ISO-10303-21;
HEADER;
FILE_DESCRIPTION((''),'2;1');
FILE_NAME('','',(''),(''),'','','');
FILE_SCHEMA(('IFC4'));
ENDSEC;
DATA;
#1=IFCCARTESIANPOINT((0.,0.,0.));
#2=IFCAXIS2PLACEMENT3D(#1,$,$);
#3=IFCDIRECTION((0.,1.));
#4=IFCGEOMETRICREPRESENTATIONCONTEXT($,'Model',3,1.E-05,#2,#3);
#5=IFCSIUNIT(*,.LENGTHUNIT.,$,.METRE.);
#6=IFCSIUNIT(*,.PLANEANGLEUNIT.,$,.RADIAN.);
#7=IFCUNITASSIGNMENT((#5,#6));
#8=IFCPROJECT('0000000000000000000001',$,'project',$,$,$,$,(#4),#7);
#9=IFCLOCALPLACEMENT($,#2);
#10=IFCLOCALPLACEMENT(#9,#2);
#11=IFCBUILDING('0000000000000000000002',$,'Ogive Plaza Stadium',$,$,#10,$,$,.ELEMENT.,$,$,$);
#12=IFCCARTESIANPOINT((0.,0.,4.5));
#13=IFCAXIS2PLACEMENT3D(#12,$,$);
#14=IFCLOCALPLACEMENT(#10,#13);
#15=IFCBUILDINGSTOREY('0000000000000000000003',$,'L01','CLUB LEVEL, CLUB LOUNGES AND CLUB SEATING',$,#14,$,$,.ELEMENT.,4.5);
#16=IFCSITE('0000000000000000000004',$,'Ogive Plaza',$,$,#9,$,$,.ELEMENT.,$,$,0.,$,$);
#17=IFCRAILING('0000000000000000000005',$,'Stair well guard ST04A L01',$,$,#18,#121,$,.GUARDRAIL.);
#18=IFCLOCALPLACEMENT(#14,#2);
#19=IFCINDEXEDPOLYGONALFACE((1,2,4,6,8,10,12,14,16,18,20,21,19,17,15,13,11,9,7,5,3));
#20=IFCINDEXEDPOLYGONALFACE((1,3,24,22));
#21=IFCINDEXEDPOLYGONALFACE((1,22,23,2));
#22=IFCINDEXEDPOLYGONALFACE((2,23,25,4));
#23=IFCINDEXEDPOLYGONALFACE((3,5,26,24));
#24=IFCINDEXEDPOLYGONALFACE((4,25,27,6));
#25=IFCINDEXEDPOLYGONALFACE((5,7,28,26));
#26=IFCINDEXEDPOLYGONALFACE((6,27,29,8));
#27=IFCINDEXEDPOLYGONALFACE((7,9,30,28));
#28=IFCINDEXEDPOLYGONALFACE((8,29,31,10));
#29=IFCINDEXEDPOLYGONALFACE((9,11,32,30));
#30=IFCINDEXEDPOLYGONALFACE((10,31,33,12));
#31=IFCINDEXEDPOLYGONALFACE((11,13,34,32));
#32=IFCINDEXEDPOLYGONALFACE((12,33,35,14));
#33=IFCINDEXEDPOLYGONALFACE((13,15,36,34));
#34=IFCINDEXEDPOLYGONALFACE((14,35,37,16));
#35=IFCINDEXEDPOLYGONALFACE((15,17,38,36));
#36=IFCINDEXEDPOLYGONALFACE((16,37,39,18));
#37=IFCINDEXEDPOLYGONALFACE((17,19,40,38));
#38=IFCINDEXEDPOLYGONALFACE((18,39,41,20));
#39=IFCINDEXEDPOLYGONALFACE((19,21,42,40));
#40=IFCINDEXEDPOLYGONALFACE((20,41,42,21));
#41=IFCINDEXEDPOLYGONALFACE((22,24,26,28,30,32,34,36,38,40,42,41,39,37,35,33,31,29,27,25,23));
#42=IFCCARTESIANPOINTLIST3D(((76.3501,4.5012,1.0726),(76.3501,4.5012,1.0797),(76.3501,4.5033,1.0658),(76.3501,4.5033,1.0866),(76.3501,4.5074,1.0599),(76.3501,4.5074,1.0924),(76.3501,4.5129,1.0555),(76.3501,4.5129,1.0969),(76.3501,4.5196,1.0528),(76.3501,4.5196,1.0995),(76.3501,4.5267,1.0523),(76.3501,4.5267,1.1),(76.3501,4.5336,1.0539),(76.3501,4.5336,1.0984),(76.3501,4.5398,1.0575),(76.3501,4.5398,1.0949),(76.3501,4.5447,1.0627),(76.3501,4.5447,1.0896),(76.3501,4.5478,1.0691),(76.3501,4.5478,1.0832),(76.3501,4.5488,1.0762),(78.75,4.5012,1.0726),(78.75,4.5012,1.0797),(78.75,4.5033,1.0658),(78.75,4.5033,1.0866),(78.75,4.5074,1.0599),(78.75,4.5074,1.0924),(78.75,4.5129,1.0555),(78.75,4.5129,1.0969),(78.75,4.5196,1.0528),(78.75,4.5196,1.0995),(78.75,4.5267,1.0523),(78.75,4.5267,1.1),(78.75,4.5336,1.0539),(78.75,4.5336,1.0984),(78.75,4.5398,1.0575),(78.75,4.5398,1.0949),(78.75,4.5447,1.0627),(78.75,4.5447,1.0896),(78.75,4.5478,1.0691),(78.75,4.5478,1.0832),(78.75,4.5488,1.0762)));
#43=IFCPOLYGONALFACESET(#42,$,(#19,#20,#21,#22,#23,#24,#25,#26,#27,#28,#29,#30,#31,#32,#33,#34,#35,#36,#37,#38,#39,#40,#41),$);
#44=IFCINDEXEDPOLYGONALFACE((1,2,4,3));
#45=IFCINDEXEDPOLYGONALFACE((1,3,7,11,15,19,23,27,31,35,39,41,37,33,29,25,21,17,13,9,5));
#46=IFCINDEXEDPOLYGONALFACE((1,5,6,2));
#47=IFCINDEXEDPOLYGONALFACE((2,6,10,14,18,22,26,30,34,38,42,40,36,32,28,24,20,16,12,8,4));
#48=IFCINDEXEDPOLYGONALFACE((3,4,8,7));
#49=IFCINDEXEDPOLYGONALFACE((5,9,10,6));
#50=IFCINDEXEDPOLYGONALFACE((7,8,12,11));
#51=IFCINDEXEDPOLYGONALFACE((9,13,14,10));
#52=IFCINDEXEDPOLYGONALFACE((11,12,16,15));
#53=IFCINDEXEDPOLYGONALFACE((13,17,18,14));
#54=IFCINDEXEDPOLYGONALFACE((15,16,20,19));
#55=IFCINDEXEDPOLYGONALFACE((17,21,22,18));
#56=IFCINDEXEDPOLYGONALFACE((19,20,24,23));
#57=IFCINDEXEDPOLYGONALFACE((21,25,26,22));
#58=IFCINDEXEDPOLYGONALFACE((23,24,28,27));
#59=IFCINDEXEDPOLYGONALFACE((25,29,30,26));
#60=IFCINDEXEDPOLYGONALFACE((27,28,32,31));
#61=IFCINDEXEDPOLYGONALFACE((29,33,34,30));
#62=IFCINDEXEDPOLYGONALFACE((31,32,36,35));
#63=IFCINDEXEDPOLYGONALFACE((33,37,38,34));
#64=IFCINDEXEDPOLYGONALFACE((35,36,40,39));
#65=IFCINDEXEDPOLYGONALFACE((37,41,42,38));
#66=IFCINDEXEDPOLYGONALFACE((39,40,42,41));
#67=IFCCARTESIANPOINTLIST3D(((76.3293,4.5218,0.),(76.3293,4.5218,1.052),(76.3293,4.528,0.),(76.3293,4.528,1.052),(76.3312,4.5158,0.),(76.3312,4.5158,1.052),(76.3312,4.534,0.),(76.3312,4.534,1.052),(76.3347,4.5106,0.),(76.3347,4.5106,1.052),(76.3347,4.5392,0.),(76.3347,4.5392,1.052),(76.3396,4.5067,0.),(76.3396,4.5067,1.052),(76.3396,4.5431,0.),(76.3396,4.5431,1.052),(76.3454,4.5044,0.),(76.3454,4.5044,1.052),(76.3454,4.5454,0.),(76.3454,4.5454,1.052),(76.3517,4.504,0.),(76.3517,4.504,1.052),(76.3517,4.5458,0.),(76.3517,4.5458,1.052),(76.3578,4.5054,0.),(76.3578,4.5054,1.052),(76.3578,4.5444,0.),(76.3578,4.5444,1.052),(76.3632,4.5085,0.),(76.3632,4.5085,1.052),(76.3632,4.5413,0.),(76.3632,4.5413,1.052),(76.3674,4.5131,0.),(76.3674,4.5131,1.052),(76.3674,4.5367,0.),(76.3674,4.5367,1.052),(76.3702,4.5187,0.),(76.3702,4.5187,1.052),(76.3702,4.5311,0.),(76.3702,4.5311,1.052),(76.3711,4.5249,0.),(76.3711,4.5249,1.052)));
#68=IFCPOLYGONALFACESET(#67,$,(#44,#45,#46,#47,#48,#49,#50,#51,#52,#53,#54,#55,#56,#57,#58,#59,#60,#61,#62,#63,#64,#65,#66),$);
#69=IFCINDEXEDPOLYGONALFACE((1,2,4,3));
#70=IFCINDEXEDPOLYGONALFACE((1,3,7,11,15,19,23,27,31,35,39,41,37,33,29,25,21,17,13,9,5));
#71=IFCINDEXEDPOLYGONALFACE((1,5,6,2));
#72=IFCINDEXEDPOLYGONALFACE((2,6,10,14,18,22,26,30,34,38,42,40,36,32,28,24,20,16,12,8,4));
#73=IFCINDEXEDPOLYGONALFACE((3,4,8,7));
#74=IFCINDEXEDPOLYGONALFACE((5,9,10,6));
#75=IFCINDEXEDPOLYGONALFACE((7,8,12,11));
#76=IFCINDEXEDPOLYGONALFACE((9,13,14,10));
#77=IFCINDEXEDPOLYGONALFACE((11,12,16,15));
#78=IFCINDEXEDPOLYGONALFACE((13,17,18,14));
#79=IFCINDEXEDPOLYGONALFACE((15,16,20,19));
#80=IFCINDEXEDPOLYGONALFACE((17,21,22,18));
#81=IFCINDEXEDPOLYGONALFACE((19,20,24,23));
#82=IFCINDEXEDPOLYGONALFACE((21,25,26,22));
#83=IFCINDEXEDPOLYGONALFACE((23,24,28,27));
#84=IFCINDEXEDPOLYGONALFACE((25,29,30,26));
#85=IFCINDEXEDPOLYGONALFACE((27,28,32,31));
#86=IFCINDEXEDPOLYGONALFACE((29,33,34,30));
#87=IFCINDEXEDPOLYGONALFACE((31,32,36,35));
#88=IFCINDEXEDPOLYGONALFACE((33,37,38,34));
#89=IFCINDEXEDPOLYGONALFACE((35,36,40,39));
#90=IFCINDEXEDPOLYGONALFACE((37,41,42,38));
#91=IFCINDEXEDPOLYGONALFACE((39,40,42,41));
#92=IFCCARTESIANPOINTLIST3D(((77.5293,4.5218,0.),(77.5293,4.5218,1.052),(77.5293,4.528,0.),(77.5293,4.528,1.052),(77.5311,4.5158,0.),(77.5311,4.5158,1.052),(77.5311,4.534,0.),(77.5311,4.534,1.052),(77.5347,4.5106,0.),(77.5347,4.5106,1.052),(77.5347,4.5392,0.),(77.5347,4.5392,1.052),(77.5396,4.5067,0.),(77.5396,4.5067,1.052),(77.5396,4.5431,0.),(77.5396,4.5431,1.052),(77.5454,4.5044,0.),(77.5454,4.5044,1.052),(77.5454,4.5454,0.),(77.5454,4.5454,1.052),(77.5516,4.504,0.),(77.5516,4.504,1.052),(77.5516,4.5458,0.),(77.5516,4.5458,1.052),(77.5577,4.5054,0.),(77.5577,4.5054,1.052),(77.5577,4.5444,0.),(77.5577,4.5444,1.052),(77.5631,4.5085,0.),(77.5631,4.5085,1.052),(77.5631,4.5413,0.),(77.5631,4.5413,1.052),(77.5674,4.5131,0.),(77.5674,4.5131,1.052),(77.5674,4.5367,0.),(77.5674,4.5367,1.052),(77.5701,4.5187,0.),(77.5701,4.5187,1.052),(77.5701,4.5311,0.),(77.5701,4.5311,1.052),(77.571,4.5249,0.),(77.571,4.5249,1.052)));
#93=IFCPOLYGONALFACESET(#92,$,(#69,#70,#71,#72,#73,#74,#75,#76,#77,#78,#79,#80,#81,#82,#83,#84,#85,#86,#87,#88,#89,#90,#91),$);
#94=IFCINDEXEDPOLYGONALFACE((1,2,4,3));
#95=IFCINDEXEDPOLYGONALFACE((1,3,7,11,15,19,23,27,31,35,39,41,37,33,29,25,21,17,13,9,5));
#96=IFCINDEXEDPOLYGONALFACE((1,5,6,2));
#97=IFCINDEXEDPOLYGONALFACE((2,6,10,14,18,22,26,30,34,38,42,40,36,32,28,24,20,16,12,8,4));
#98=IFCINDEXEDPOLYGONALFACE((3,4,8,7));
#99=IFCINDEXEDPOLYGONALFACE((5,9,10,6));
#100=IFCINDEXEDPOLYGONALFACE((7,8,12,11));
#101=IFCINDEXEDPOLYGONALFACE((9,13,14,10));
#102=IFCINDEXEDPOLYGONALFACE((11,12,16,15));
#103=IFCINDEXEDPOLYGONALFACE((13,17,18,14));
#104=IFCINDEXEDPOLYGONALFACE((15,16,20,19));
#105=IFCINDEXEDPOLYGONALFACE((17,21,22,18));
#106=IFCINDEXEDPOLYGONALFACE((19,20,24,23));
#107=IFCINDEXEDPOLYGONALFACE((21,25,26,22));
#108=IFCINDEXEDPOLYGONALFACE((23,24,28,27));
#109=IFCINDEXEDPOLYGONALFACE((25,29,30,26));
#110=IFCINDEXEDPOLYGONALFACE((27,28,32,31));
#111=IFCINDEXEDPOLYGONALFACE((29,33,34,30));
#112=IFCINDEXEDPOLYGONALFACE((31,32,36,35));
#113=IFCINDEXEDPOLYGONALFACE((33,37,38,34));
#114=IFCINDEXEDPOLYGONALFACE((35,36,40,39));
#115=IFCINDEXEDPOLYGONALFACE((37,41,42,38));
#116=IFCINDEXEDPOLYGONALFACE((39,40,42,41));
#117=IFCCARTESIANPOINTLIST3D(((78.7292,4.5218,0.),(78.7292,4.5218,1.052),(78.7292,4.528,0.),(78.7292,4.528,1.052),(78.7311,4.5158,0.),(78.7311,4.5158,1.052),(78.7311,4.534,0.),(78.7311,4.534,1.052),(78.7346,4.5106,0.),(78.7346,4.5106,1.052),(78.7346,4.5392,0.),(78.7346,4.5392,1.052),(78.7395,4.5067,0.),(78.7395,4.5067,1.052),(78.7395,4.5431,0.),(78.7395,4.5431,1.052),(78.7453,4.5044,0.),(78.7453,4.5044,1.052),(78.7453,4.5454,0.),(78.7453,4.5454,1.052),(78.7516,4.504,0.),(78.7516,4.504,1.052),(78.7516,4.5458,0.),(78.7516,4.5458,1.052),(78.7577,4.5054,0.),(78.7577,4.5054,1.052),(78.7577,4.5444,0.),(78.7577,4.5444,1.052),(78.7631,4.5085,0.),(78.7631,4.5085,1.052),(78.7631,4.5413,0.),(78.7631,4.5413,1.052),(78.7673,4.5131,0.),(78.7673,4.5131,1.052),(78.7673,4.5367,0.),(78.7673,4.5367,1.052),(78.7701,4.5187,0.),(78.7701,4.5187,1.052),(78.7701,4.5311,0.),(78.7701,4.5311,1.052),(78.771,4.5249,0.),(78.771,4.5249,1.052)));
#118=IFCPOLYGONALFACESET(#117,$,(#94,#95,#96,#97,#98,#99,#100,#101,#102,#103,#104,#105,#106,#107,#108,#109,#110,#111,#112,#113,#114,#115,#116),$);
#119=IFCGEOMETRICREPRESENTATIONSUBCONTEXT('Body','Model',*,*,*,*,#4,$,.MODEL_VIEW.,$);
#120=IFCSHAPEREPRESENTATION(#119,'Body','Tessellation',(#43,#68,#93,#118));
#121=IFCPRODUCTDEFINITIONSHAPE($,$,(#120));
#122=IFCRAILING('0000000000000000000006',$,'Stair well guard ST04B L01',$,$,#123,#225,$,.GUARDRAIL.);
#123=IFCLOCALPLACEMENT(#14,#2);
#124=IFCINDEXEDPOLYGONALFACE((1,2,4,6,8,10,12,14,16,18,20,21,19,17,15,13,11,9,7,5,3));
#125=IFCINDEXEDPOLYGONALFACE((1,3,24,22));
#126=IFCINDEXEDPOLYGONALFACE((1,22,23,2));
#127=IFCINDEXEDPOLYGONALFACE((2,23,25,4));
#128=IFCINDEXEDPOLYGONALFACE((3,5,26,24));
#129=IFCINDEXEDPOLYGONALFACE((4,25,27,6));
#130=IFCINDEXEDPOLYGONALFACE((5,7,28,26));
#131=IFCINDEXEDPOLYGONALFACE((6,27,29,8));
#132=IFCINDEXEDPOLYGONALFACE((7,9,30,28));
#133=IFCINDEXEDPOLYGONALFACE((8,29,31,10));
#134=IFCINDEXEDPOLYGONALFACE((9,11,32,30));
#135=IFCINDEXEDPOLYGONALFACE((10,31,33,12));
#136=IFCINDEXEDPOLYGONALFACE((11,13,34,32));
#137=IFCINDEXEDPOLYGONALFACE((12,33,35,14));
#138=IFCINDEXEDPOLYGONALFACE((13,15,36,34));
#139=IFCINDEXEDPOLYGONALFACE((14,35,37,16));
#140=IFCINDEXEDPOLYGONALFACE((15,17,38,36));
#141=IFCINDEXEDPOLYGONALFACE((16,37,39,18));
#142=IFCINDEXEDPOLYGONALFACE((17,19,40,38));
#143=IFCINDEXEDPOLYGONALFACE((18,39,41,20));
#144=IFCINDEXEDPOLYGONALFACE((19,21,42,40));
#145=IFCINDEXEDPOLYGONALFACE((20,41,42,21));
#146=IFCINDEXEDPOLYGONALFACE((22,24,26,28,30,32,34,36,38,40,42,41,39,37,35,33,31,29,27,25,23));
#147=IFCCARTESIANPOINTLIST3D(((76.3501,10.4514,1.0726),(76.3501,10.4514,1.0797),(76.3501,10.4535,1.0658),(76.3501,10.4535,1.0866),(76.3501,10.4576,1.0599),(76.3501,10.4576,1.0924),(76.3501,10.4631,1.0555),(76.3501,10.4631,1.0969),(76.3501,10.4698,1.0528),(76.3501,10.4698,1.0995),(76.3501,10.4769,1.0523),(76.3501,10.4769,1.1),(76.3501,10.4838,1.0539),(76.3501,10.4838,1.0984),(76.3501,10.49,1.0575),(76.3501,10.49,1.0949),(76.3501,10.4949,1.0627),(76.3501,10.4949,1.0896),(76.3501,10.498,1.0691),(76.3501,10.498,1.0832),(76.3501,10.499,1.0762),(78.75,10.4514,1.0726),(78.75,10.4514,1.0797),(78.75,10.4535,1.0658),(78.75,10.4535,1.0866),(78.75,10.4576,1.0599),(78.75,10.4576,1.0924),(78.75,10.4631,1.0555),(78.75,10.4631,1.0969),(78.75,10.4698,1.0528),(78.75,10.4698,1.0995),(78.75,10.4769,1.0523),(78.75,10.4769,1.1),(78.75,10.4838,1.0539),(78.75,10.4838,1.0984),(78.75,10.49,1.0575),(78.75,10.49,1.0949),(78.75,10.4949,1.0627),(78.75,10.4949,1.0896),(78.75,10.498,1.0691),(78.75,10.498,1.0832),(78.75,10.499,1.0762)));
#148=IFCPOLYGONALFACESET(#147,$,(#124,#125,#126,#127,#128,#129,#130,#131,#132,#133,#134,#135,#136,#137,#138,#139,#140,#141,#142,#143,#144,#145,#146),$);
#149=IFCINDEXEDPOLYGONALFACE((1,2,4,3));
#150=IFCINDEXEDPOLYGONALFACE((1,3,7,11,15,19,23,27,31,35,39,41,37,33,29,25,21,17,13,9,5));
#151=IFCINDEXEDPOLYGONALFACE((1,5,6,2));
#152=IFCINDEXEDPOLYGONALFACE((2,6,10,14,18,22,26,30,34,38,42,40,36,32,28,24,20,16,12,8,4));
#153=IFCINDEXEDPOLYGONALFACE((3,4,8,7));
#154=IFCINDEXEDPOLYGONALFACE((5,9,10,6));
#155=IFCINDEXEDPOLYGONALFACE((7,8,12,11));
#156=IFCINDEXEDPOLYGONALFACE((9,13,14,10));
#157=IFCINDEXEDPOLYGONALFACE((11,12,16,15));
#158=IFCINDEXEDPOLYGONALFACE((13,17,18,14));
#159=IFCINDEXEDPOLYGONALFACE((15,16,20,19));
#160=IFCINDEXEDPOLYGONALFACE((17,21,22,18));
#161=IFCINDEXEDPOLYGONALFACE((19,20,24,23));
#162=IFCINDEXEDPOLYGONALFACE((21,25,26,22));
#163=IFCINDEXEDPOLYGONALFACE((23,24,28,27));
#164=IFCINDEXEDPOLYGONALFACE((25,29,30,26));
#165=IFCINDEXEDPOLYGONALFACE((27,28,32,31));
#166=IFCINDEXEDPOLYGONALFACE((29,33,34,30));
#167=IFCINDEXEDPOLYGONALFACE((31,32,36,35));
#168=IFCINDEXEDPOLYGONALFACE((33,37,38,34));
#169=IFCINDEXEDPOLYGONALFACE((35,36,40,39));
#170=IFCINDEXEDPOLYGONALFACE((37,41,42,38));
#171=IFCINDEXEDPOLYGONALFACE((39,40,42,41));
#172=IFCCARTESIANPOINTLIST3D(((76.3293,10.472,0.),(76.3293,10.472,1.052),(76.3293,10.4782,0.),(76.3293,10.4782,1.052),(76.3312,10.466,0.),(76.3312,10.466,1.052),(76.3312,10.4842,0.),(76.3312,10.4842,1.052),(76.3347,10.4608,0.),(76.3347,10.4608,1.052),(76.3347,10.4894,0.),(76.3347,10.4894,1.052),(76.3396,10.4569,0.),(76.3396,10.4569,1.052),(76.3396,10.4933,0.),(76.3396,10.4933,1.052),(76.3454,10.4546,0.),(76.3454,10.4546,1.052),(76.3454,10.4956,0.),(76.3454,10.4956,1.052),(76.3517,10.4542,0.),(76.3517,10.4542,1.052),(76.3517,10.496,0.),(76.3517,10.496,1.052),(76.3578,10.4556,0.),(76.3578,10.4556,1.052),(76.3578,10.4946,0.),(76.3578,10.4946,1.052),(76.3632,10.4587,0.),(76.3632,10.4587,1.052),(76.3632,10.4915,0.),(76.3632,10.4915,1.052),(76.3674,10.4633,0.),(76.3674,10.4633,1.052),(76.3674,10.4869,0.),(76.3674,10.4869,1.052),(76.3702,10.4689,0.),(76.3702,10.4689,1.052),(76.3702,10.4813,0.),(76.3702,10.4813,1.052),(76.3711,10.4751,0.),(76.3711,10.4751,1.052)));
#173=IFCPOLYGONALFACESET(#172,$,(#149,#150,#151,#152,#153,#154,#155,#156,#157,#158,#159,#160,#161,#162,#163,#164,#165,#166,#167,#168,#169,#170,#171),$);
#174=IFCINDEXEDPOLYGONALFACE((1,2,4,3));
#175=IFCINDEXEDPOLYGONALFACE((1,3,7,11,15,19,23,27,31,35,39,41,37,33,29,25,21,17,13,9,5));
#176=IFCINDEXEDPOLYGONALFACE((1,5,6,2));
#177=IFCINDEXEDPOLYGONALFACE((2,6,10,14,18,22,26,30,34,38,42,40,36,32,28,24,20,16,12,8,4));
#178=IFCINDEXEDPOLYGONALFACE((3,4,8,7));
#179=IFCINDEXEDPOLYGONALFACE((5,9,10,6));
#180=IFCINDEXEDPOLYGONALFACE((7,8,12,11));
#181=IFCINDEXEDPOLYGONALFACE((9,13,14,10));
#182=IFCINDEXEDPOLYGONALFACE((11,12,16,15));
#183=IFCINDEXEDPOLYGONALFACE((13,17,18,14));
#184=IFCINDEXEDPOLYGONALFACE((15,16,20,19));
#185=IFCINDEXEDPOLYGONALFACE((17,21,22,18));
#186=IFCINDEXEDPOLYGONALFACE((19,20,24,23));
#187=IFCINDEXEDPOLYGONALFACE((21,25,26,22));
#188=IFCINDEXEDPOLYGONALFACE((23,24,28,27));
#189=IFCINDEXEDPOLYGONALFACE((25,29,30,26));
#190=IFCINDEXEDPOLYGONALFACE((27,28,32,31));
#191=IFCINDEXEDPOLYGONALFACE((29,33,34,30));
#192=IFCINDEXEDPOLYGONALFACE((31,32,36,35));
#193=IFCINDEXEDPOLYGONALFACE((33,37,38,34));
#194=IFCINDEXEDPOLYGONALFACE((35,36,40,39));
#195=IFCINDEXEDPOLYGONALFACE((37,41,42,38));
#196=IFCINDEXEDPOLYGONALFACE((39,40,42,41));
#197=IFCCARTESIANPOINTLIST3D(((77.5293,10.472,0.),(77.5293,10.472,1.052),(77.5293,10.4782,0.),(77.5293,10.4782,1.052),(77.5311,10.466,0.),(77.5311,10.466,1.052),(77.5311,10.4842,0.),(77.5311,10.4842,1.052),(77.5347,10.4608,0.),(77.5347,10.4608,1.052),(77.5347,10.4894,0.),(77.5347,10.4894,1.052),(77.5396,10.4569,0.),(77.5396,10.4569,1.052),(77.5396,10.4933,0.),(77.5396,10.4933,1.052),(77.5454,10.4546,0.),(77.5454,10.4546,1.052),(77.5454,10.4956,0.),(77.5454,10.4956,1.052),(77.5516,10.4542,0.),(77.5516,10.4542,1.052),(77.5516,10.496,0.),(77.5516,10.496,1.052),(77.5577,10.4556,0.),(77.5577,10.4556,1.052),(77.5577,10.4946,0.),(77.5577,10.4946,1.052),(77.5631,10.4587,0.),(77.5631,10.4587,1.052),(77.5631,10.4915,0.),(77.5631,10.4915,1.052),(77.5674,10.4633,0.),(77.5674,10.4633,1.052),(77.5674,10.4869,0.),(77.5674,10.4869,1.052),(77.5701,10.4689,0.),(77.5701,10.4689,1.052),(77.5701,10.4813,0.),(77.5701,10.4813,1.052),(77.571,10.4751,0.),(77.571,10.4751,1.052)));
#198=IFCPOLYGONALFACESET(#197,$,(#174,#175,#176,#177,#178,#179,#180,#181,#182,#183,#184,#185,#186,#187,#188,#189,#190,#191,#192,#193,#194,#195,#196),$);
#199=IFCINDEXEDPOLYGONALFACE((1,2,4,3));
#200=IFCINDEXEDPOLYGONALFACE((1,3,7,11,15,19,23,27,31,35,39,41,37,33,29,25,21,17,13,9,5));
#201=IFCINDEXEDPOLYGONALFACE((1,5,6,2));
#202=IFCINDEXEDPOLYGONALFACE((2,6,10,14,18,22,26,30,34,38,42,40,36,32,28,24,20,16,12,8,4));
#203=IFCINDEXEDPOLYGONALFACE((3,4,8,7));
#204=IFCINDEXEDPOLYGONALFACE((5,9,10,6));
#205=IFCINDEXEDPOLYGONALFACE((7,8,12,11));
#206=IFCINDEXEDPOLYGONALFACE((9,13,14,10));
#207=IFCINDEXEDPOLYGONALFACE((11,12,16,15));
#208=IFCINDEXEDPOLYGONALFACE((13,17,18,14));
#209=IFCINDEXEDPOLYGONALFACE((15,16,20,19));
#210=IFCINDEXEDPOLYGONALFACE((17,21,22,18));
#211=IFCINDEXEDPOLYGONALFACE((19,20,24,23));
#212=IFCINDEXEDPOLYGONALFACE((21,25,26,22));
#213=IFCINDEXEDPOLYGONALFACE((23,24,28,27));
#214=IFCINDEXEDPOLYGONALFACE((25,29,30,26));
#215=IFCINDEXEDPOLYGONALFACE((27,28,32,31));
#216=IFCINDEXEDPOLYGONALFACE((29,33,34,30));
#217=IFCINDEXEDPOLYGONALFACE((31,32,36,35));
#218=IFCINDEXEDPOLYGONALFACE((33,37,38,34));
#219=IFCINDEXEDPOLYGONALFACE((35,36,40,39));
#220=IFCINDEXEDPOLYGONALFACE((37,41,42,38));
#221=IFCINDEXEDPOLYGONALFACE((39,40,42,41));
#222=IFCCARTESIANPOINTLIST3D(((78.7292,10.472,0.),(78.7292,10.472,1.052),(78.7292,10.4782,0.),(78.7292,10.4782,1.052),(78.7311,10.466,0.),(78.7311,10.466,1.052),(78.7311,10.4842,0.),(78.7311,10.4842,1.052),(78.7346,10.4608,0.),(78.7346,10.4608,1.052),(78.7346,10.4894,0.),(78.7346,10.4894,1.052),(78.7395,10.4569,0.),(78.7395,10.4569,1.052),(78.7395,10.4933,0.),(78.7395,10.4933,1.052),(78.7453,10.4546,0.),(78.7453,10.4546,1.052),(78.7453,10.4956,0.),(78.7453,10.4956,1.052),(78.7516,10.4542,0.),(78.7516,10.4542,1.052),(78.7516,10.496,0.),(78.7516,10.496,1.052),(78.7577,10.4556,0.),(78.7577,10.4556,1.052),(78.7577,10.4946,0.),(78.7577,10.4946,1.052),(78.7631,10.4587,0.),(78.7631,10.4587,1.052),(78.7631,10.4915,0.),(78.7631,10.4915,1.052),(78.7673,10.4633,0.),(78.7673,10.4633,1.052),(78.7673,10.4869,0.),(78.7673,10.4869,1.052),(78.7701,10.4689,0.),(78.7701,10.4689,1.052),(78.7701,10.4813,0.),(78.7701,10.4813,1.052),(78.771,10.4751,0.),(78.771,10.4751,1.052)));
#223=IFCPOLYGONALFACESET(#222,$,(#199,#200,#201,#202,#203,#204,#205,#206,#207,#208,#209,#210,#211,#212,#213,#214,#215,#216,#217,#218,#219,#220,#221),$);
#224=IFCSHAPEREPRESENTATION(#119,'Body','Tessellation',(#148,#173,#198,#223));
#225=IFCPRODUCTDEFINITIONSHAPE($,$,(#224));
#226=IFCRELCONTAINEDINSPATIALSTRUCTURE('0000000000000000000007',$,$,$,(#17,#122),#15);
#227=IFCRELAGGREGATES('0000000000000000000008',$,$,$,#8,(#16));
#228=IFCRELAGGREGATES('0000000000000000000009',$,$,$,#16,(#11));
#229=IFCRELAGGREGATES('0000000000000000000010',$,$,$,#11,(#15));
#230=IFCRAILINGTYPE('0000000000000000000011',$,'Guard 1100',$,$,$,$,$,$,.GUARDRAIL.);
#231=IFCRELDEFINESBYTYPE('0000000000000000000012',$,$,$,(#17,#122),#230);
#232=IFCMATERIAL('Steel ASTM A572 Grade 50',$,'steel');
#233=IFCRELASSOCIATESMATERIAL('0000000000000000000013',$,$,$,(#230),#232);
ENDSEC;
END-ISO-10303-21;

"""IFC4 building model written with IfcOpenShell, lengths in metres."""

from ifc_helpers import new_model, si_unit, direction, frame, origin, origin_2d, place, context, subcontext, project, spatial, circle, extrude, material, type_object, element, save


model = new_model("IFC4")

# Units and contexts
model_context = context("Model", 3, precision=1e-05, world=origin(), true_north=direction((0.0, 1.0)))
body_context = subcontext(model_context, "Body", "Model", "MODEL_VIEW")
ifc_project = project(units=[si_unit("LENGTHUNIT", "METRE"), si_unit("PLANEANGLEUNIT", "RADIAN")], contexts=[model_context])

# Site, building, storey
site_placement = place(None, origin())
site = spatial("IfcSite", under=ifc_project, at=site_placement, Name="Ogive Plaza", CompositionType="ELEMENT", RefElevation=0.0)
building_placement = place(site_placement, origin())
building = spatial("IfcBuilding", under=site, at=building_placement, Name="Ogive Plaza Stadium", CompositionType="ELEMENT")
storey_placement = place(building_placement, frame((0.0, 0.0, 4.5)))
storey = spatial("IfcBuildingStorey", under=building, at=storey_placement, Name="L01", Description="CLUB LEVEL, CLUB LOUNGES AND CLUB SEATING", CompositionType="ELEMENT", Elevation=4.5)

# Railings
ifc_material_1 = material(Name="Steel ASTM A572 Grade 50", Category="steel")
railing_type_1 = type_object("IfcRailingType", Name="Guard 1100", PredefinedType="GUARDRAIL", material=ifc_material_1)
for number, where, name in (
    (1, (76.3501, 4.5249, 0.0), "Stair well guard ST04A L01"),
    (2, (76.3501, 10.4751, 0.0), "Stair well guard ST04B L01"),
):
    element("IfcRailing", number, at=place(storey_placement, frame(where)), inside=storey, type_object=railing_type_1, Name=name, PredefinedType="GUARDRAIL", context=body_context, shape_type="SweptSolid", body=[
        extrude(circle(Radius=0.0239, at=origin_2d()), frame((0.0, 0.0, 1.0762), z_axis=(1.0, 0.0, 0.0), x_axis=(0.0, 1.0, 0.0)), (0.0, 0.0, 1.0), 2.3999),
        extrude(circle(Radius=0.021, at=origin_2d()), origin(), (0.0, 0.0, 1.0), 1.052),
        extrude(circle(Radius=0.021, at=origin_2d()), frame((1.2, 0.0, 0.0)), (0.0, 0.0, 1.0), 1.052),
        extrude(circle(Radius=0.021, at=origin_2d()), frame((2.3999, 0.0, 0.0)), (0.0, 0.0, 1.0), 1.052),
    ])

save(model, "model.ifc")
